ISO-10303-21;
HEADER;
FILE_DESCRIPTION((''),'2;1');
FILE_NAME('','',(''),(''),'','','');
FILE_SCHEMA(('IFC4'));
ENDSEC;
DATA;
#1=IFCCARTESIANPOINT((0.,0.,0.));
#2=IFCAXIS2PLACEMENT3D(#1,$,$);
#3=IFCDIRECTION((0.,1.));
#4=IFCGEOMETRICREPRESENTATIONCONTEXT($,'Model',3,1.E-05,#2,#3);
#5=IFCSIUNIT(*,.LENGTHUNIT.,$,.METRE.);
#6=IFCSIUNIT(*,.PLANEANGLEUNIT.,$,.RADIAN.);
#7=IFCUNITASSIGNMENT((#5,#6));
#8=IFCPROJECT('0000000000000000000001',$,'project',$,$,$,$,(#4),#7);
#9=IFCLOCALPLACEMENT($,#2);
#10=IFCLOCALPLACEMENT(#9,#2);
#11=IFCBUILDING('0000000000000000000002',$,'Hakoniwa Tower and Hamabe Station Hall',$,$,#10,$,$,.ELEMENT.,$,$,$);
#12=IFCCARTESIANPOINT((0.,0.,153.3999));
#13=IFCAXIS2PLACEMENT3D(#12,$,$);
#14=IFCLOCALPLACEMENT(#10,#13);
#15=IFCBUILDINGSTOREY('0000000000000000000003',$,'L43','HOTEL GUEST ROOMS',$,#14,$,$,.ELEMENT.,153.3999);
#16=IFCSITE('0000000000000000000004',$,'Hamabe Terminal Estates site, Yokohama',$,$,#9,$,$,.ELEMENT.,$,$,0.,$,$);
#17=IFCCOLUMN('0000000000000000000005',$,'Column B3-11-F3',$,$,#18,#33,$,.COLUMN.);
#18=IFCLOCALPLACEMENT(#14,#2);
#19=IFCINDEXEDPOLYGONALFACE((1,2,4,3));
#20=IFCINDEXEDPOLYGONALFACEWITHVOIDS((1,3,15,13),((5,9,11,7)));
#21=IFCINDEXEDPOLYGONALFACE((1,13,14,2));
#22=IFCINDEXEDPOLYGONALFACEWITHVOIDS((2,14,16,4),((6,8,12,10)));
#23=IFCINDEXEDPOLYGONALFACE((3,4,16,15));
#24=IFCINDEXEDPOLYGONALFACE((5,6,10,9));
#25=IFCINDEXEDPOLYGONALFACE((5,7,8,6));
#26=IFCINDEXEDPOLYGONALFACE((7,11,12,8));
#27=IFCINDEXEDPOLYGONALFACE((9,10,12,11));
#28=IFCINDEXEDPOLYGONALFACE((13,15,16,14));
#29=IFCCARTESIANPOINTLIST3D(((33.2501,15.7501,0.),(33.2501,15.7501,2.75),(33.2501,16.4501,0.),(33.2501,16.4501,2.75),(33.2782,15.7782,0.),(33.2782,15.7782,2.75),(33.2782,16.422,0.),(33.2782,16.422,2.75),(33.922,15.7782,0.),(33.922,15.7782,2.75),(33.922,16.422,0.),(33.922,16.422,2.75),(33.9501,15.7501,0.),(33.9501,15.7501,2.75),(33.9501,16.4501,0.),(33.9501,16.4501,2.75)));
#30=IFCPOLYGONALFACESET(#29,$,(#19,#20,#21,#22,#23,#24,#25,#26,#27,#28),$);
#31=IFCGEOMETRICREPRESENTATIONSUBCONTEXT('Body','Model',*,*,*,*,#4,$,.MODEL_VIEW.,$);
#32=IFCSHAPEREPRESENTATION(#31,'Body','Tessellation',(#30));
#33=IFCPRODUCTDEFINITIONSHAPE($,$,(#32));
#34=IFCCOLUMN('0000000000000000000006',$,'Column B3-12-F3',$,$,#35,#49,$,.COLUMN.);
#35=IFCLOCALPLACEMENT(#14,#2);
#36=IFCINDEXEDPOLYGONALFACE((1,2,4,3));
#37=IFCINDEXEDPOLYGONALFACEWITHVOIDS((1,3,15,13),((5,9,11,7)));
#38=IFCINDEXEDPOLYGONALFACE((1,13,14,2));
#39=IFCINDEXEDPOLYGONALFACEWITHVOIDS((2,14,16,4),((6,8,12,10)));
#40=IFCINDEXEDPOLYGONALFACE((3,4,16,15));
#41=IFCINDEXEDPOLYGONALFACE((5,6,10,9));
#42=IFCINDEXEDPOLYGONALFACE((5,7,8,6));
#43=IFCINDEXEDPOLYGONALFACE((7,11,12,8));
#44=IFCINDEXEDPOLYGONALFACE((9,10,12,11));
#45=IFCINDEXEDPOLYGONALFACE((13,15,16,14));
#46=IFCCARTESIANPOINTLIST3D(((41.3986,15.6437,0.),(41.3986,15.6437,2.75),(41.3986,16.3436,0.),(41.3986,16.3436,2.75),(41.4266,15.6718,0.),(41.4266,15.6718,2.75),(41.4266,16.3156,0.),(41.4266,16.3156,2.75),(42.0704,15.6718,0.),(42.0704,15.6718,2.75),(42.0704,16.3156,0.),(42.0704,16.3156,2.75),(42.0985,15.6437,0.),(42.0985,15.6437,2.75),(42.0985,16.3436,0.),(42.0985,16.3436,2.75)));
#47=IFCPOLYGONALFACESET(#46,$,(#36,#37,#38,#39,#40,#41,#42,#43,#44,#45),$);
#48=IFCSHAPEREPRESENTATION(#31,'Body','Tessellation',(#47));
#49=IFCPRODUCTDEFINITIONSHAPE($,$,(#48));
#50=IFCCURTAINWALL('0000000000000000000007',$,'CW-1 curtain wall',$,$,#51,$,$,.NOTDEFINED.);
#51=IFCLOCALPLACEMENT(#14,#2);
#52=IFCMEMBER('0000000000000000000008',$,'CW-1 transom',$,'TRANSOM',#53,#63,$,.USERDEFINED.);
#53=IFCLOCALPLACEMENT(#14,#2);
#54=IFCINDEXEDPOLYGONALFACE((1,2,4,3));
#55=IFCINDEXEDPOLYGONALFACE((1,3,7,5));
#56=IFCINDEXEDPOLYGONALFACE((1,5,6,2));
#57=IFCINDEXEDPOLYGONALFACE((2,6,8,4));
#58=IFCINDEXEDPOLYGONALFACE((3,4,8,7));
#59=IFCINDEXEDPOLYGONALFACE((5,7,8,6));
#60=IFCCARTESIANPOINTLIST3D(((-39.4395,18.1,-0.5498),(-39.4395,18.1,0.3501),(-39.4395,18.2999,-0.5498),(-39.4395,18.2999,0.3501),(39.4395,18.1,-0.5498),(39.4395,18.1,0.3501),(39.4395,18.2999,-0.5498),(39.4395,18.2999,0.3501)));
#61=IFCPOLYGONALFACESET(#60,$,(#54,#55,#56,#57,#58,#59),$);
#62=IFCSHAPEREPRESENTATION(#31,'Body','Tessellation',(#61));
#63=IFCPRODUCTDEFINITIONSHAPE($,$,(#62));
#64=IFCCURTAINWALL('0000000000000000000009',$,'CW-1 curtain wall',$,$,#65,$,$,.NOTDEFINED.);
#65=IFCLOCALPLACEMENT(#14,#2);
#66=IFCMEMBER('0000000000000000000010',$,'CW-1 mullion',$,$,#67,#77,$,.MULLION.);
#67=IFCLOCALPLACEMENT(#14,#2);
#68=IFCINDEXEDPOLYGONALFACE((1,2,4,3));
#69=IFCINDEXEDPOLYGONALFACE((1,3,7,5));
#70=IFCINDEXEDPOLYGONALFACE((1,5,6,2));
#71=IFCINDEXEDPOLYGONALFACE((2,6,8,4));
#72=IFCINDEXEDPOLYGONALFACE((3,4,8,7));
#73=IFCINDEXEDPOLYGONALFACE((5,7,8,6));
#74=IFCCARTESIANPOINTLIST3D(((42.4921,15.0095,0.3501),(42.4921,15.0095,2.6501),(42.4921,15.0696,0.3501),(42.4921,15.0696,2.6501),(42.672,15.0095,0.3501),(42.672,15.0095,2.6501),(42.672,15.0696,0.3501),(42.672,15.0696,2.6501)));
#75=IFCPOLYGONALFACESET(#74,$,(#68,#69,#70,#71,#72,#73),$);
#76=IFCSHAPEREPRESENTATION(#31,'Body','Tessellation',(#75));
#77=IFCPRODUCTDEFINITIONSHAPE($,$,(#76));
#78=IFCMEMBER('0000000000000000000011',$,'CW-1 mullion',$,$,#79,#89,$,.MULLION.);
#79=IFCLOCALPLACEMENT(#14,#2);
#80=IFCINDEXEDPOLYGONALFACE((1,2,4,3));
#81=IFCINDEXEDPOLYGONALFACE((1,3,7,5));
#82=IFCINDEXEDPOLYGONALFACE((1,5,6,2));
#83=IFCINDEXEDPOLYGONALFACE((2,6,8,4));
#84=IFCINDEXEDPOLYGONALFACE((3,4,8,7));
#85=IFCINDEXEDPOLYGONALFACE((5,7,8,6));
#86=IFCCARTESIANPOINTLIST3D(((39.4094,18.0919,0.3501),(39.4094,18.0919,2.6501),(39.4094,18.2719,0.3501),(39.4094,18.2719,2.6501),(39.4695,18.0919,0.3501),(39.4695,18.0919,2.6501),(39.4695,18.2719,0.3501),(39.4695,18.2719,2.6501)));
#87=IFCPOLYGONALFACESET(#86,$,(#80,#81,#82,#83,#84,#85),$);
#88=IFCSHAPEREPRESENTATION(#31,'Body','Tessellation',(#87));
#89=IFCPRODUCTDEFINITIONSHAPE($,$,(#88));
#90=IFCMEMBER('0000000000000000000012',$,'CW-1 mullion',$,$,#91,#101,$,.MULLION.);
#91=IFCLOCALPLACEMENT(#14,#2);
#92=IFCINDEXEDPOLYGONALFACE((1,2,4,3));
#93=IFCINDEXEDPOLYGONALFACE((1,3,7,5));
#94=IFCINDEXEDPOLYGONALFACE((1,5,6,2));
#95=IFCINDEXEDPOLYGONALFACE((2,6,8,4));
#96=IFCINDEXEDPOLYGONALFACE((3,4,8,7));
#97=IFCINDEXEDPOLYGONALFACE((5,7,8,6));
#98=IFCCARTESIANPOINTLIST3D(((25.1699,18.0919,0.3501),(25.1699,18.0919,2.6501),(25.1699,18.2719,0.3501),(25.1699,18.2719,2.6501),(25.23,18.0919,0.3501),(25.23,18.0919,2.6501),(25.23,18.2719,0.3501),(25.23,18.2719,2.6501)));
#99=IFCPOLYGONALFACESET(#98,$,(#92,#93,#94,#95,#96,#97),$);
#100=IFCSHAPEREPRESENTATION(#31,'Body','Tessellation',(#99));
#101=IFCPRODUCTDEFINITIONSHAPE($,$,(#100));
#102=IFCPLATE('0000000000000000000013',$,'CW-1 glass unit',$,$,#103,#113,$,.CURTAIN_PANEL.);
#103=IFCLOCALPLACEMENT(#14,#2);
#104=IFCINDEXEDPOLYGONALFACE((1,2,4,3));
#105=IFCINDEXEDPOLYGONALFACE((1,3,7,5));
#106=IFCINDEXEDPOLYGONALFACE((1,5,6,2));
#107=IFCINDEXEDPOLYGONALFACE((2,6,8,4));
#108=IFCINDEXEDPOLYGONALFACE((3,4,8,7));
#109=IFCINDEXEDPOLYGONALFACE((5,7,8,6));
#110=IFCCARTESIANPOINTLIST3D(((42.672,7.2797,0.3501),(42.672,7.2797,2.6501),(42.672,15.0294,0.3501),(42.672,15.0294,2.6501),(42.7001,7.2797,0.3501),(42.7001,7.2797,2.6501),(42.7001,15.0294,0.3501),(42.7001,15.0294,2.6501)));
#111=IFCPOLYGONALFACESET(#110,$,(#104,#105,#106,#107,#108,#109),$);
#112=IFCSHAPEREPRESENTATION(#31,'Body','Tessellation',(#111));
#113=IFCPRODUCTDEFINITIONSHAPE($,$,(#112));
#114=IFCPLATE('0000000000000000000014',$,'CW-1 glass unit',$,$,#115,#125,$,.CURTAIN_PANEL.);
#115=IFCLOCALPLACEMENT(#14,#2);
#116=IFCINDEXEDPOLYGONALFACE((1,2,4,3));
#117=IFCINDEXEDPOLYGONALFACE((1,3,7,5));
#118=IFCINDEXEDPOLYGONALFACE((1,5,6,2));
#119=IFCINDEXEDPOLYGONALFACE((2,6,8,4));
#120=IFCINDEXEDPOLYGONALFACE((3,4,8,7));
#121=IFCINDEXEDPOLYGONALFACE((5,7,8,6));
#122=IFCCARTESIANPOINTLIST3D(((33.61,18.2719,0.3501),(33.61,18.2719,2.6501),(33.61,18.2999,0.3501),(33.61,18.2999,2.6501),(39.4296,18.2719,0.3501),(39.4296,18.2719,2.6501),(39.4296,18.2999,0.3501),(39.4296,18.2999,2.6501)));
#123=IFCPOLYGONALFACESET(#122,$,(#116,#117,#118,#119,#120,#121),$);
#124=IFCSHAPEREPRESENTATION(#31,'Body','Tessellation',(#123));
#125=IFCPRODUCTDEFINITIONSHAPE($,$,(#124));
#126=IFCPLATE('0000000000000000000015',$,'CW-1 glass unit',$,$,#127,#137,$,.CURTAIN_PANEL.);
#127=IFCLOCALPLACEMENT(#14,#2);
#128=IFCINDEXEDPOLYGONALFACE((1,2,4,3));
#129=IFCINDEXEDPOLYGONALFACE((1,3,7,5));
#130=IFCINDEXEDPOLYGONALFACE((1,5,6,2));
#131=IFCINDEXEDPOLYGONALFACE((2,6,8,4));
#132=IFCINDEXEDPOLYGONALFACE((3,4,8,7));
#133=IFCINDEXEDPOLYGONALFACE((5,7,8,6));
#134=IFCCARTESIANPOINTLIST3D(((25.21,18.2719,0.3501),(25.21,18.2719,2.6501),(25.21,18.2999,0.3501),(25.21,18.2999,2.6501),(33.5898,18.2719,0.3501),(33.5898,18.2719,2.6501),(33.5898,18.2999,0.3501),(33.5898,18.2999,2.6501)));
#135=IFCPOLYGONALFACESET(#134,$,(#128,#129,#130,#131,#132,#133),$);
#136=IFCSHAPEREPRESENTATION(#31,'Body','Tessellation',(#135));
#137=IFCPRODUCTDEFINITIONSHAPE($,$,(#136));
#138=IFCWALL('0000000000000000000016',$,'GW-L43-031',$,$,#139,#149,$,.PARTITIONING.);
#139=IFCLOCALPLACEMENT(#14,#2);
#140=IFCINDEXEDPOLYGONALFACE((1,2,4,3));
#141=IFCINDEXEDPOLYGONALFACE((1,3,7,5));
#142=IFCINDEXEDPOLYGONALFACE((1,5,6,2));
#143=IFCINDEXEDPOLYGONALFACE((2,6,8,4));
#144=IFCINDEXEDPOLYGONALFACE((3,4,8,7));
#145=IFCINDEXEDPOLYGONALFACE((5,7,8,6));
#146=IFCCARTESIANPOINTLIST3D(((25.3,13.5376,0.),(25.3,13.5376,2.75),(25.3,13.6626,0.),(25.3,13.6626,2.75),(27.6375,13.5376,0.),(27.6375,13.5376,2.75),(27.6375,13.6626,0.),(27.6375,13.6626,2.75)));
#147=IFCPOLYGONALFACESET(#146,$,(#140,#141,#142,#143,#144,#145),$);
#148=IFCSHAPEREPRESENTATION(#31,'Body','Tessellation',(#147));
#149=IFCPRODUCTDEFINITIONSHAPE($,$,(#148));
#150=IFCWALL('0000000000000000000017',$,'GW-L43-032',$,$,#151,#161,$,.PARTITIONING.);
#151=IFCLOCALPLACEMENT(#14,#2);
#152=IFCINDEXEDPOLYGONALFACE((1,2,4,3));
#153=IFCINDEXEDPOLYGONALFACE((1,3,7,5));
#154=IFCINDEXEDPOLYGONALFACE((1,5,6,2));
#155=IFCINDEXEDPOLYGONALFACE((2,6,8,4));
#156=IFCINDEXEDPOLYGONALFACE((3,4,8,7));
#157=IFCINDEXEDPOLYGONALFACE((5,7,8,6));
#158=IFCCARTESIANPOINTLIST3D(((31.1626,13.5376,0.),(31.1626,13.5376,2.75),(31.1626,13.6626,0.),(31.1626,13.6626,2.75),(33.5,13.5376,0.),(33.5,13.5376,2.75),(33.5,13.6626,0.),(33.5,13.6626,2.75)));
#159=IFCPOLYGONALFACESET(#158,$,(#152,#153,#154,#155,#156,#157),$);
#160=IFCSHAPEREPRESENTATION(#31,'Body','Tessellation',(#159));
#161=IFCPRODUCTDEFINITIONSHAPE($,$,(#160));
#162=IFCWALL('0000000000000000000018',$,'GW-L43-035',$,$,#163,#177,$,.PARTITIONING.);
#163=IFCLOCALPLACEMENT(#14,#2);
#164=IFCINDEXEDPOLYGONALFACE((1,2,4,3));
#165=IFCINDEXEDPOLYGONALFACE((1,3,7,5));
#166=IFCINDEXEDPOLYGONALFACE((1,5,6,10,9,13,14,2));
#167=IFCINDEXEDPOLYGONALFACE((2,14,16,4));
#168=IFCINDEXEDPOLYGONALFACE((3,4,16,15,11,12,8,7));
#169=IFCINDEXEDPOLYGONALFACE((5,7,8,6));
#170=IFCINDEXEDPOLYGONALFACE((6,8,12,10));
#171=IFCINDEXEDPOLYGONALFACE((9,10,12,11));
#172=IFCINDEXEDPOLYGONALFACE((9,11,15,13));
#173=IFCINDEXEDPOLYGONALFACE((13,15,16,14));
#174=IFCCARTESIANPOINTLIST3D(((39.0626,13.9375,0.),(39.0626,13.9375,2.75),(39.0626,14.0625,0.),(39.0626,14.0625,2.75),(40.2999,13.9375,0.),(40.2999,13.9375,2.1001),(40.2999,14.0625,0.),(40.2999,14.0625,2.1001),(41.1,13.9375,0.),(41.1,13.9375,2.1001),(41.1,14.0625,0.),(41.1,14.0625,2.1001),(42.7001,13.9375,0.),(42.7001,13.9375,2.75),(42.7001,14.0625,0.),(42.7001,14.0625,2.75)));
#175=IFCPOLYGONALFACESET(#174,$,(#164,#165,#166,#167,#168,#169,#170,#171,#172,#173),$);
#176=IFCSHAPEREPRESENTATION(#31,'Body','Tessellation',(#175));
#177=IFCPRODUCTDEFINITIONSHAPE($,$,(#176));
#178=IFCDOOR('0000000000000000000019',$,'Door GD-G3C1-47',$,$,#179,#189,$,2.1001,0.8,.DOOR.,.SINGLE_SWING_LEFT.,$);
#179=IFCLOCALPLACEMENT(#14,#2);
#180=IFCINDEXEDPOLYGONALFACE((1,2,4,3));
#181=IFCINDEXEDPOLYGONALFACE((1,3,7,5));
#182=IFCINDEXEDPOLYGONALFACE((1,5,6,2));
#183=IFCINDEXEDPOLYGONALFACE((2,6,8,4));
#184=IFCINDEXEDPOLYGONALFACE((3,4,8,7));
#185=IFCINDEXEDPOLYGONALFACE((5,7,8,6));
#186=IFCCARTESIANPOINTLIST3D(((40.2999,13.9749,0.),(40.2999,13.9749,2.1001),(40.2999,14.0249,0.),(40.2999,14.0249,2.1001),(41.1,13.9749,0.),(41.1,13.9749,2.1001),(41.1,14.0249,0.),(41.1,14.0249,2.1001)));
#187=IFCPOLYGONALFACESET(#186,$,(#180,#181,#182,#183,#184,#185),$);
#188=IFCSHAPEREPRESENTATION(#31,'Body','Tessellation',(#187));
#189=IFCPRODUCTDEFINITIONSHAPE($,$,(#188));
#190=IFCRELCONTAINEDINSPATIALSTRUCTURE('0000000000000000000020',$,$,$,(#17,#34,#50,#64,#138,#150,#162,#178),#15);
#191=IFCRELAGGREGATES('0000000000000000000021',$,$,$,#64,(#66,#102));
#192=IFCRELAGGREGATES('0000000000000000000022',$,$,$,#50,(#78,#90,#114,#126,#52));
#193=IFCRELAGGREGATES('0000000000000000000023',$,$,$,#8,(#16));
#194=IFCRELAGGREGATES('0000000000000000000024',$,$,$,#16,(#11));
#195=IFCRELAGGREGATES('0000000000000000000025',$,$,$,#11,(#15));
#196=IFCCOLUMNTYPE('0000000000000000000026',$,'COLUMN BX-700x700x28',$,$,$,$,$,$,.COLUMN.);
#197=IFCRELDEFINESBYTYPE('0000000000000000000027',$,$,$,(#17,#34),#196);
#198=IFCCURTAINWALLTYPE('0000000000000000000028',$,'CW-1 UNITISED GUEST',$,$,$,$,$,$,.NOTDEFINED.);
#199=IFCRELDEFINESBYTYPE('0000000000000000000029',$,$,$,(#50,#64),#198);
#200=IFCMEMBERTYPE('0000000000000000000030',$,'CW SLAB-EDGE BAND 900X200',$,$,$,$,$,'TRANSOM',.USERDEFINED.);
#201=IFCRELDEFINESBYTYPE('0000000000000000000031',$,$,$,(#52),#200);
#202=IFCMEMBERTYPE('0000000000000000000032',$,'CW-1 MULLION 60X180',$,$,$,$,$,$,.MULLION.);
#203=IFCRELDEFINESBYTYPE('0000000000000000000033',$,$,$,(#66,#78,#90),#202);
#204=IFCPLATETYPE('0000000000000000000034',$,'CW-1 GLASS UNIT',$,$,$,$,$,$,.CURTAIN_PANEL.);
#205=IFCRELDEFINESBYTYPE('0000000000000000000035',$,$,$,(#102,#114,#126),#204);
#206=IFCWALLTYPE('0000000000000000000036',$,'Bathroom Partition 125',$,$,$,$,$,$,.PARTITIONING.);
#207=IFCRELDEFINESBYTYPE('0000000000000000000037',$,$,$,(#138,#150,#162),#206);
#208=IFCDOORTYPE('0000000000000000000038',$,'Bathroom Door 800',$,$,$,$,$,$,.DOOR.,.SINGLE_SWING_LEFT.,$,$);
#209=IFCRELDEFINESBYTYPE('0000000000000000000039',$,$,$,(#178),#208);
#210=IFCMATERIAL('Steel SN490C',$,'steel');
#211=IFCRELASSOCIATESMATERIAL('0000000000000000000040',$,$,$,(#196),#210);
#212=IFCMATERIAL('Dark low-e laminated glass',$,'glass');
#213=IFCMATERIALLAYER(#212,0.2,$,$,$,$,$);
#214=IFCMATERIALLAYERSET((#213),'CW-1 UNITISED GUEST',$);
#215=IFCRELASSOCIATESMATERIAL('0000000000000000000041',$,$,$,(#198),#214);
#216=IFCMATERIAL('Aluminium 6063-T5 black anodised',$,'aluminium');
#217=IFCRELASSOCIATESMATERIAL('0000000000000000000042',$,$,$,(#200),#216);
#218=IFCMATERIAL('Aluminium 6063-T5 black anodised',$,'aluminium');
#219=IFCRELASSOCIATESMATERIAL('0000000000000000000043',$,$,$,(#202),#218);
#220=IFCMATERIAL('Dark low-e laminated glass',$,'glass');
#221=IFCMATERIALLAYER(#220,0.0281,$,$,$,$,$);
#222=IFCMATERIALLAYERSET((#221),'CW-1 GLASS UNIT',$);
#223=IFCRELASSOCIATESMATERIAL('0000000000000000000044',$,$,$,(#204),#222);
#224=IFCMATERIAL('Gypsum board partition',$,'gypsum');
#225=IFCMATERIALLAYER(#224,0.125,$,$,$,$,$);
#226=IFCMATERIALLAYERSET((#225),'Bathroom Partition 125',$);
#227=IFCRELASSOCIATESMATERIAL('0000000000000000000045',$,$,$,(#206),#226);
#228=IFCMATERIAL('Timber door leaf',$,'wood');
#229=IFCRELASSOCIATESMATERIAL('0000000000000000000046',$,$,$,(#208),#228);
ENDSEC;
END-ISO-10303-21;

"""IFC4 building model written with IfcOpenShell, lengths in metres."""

from ifc_helpers import new_model, si_unit, direction, frame, frame_2d, origin, origin_2d, place, context, subcontext, project, spatial, rectangle, hollow_rectangle, extrude, material, layer, layer_set, material_profile, profile_set, type_object, element, fill, aggregate, save


model = new_model("IFC4")

# Units and contexts
model_context = context("Model", 3, precision=1e-05, world=origin(), true_north=direction((0.0, 1.0)))
body_context = subcontext(model_context, "Body", "Model", "MODEL_VIEW")
ifc_project = project(units=[si_unit("LENGTHUNIT", "METRE"), si_unit("PLANEANGLEUNIT", "RADIAN")], contexts=[model_context])

# Site, building, storey
site_placement = place(None, origin())
site = spatial("IfcSite", under=ifc_project, at=site_placement, Name="Hamabe Terminal Estates site, Yokohama", CompositionType="ELEMENT", RefElevation=0.0)
building_placement = place(site_placement, origin())
building = spatial("IfcBuilding", under=site, at=building_placement, Name="Hakoniwa Tower and Hamabe Station Hall", CompositionType="ELEMENT")
storey_placement = place(building_placement, frame((0.0, 0.0, 153.3999)))
storey = spatial("IfcBuildingStorey", under=building, at=storey_placement, Name="L43", Description="HOTEL GUEST ROOMS", CompositionType="ELEMENT", Elevation=153.3999)

# Columns
ifc_material_1 = material(Name="Steel SN490C", Category="steel")
ifc_material_profile_1 = material_profile(ifc_material_1, hollow_rectangle(XDim=0.7, YDim=0.7, WallThickness=0.0281, at=origin_2d()), Name="BX-700x700x28")
ifc_profile_set_1 = profile_set([ifc_material_profile_1], Name="Steel SN490C")
column_type = type_object("IfcColumnType", Name="COLUMN BX-700x700x28", PredefinedType="COLUMN", material=ifc_profile_set_1)
for number, where, z_axis, x_axis, name in (
    (1, (33.6001, 16.1001, 0.0), (0.0, 0.0, 1.0), (1.0, 0.0, 0.0), "Column B3-11-F3"),
    (2, (41.7485, 15.9937, 0.0), (0.0, 0.0, 1.0), (1.0, 0.0, 0.0), "Column B3-12-F3"),
):
    element("IfcColumn", number, at=place(storey_placement, frame(where, z_axis=z_axis, x_axis=x_axis)), inside=storey, type_object=column_type, Name=name, PredefinedType="COLUMN", context=body_context, shape_type="SweptSolid", body=[
        extrude(hollow_rectangle(XDim=0.7, YDim=0.7, WallThickness=0.0281, at=origin_2d()), origin(), (0.0, 0.0, 1.0), 2.75),
    ])

# Curtain walls, members
ifc_material_2 = material(Name="Dark low-e laminated glass", Category="glass")
ifc_layer_1 = layer(ifc_material_2, 0.2)
ifc_layer_set_1 = layer_set([ifc_layer_1], Name="CW-1 UNITISED GUEST")
curtain_wall_type = type_object("IfcCurtainWallType", Name="CW-1 UNITISED GUEST", PredefinedType="NOTDEFINED", material=ifc_layer_set_1)
curtain_wall_1_placement = place(storey_placement, origin())
curtain_wall_1 = element("IfcCurtainWall", 3, at=curtain_wall_1_placement, inside=storey, type_object=curtain_wall_type, Name="CW-1 curtain wall", PredefinedType="NOTDEFINED")
ifc_material_3 = material(Name="Aluminium 6063-T5 black anodised", Category="aluminium")
ifc_material_profile_2 = material_profile(ifc_material_3, rectangle(XDim=0.2, YDim=0.8999, at=origin_2d()), Name="CW SLAB-EDGE BAND 900X200")
ifc_profile_set_2 = profile_set([ifc_material_profile_2], Name="Aluminium 6063-T5 black anodised")
member_type_1 = type_object("IfcMemberType", Name="CW SLAB-EDGE BAND 900X200", ElementType="TRANSOM", PredefinedType="USERDEFINED", material=ifc_profile_set_2)
member_1_placement = place(storey_placement, frame((39.4395, 18.2, -0.0999), z_axis=(-1.0, 0.0, 0.0), x_axis=(0.0, -1.0, 0.0)))
member_1 = element("IfcMember", 4, at=member_1_placement, type_object=member_type_1, Name="CW-1 transom", ObjectType="TRANSOM", PredefinedType="USERDEFINED", context=body_context, shape_type="SweptSolid", body=[
    extrude(rectangle(XDim=0.2, YDim=0.8999, at=origin_2d()), origin(), (0.0, 0.0, 1.0), 78.8789),
])
curtain_wall_2_placement = place(storey_placement, origin())
curtain_wall_2 = element("IfcCurtainWall", 5, at=curtain_wall_2_placement, inside=storey, type_object=curtain_wall_type, Name="CW-1 curtain wall", PredefinedType="NOTDEFINED")
ifc_material_4 = material(Name="Aluminium 6063-T5 black anodised", Category="aluminium")
ifc_material_profile_3 = material_profile(ifc_material_4, rectangle(XDim=0.0601, YDim=0.1799, at=origin_2d()), Name="CW-1 MULLION 60X180")
ifc_profile_set_3 = profile_set([ifc_material_profile_3], Name="Aluminium 6063-T5 black anodised")
member_type_2 = type_object("IfcMemberType", Name="CW-1 MULLION 60X180", PredefinedType="MULLION", material=ifc_profile_set_3)
member_2_placement = place(storey_placement, frame((42.582, 15.0396, 0.3501), z_axis=(0.0, 0.0, 1.0), x_axis=(0.0, 1.0, 0.0)))
member_2 = element("IfcMember", 6, at=member_2_placement, type_object=member_type_2, Name="CW-1 mullion", PredefinedType="MULLION", context=body_context, shape_type="SweptSolid", body=[
    extrude(rectangle(XDim=0.0601, YDim=0.1799, at=origin_2d()), origin(), (0.0, 0.0, 1.0), 2.3),
])

# Members
member_3_placement = place(storey_placement, frame((39.4395, 18.1819, 0.3501), z_axis=(0.0, 0.0, 1.0), x_axis=(-1.0, 0.0, 0.0)))
member_3 = element("IfcMember", 7, at=member_3_placement, type_object=member_type_2, Name="CW-1 mullion", PredefinedType="MULLION", context=body_context, shape_type="SweptSolid", body=[
    extrude(rectangle(XDim=0.0601, YDim=0.1799, at=origin_2d()), origin(), (0.0, 0.0, 1.0), 2.3),
])
member_4_placement = place(storey_placement, frame((25.2, 18.1819, 0.3501), z_axis=(0.0, 0.0, 1.0), x_axis=(-1.0, 0.0, 0.0)))
member_4 = element("IfcMember", 8, at=member_4_placement, type_object=member_type_2, Name="CW-1 mullion", PredefinedType="MULLION", context=body_context, shape_type="SweptSolid", body=[
    extrude(rectangle(XDim=0.0601, YDim=0.1799, at=origin_2d()), origin(), (0.0, 0.0, 1.0), 2.3),
])

# Plates
ifc_material_5 = material(Name="Dark low-e laminated glass", Category="glass")
ifc_layer_2 = layer(ifc_material_5, 0.0281)
ifc_layer_set_2 = layer_set([ifc_layer_2], Name="CW-1 GLASS UNIT")
plate_type = type_object("IfcPlateType", Name="CW-1 GLASS UNIT", PredefinedType="CURTAIN_PANEL", material=ifc_layer_set_2)
plate_1_placement = place(storey_placement, frame((42.686, 11.1545, 0.3501), z_axis=(0.0, 0.0, 1.0), x_axis=(0.0, 1.0, 0.0)))
plate_1 = element("IfcPlate", 9, at=plate_1_placement, type_object=plate_type, Name="CW-1 glass unit", PredefinedType="CURTAIN_PANEL", context=body_context, shape_type="SweptSolid", body=[
    extrude(rectangle(XDim=7.7498, YDim=0.0281, at=origin_2d()), origin(), (0.0, 0.0, 1.0), 2.3),
])
aggregate(curtain_wall_2, [member_2, plate_1])
plate_2_placement = place(storey_placement, frame((36.5198, 18.2859, 0.3501), z_axis=(0.0, 0.0, 1.0), x_axis=(-1.0, 0.0, 0.0)))
plate_2 = element("IfcPlate", 10, at=plate_2_placement, type_object=plate_type, Name="CW-1 glass unit", PredefinedType="CURTAIN_PANEL", context=body_context, shape_type="SweptSolid", body=[
    extrude(rectangle(XDim=5.8196, YDim=0.0281, at=origin_2d()), origin(), (0.0, 0.0, 1.0), 2.3),
])
plate_3_placement = place(storey_placement, frame((29.3999, 18.2859, 0.3501), z_axis=(0.0, 0.0, 1.0), x_axis=(-1.0, 0.0, 0.0)))
plate_3 = element("IfcPlate", 11, at=plate_3_placement, type_object=plate_type, Name="CW-1 glass unit", PredefinedType="CURTAIN_PANEL", context=body_context, shape_type="SweptSolid", body=[
    extrude(rectangle(XDim=8.3799, YDim=0.0281, at=origin_2d()), origin(), (0.0, 0.0, 1.0), 2.3),
])
aggregate(curtain_wall_1, [member_3, member_4, plate_2, plate_3, member_1])

# Walls
ifc_material_6 = material(Name="Gypsum board partition", Category="gypsum")
ifc_layer_3 = layer(ifc_material_6, 0.125)
ifc_layer_set_3 = layer_set([ifc_layer_3], Name="Bathroom Partition 125")
wall_type_1 = type_object("IfcWallType", Name="Bathroom Partition 125", PredefinedType="PARTITIONING", material=ifc_layer_set_3)
for number, where, z_axis, x_axis, name in (
    (12, (25.3, 13.6001, 0.0), (0.0, 0.0, 1.0), (1.0, 0.0, 0.0), "GW-L43-031"),
    (13, (31.1626, 13.6001, 0.0), (0.0, 0.0, 1.0), (1.0, 0.0, 0.0), "GW-L43-032"),
):
    element("IfcWall", number, at=place(storey_placement, frame(where, z_axis=z_axis, x_axis=x_axis)), inside=storey, type_object=wall_type_1, Name=name, PredefinedType="PARTITIONING", context=body_context, shape_type="SweptSolid", body=[
        extrude(rectangle(XDim=2.3374, YDim=0.125, at=frame_2d((1.1687, 0.0))), origin(), (0.0, 0.0, 1.0), 2.75),
    ])

# Wall, opening, door
wall_1_placement = place(storey_placement, frame((39.0625, 14.0, 0.0), z_axis=(0.0, 0.0, 1.0), x_axis=(1.0, 0.0, 0.0)))
wall_1 = element("IfcWall", 14, at=wall_1_placement, inside=storey, type_object=wall_type_1, Name="GW-L43-035", PredefinedType="PARTITIONING", context=body_context, shape_type="SweptSolid", body=[
    extrude(rectangle(XDim=3.6375, YDim=0.125, at=frame_2d((1.8188, 0.0))), origin(), (0.0, 0.0, 1.0), 2.75),
])
opening_1_placement = place(wall_1_placement, frame((1.2375, 0.0, 0.0)))
opening_1 = element("IfcOpeningElement", 15, at=opening_1_placement, cuts=wall_1, PredefinedType="OPENING", context=body_context, shape_type="SweptSolid", body=[
    extrude(rectangle(XDim=0.8, YDim=2.1001, at=frame_2d((0.3999, 1.05))), frame((0.0, 0.0725, 0.0), z_axis=(0.0, -1.0, 0.0), x_axis=(1.0, 0.0, 0.0)), (0.0, 0.0, 1.0), 0.145),
])
ifc_material_7 = material(Name="Timber door leaf", Category="wood")
door_type = type_object("IfcDoorType", Name="Bathroom Door 800", OperationType="SINGLE_SWING_LEFT", PredefinedType="DOOR", material=ifc_material_7)
door_1_placement = place(opening_1_placement, origin())
door_1 = element("IfcDoor", 16, at=door_1_placement, inside=storey, type_object=door_type, Name="Door GD-G3C1-47", OperationType="SINGLE_SWING_LEFT", OverallHeight=2.1001, OverallWidth=0.8, PredefinedType="DOOR", context=body_context, shape_type="SweptSolid", body=[
    extrude(rectangle(XDim=0.8, YDim=2.1001, at=frame_2d((0.3999, 1.05))), frame((0.0, 0.0249, 0.0), z_axis=(0.0, -1.0, 0.0), x_axis=(1.0, 0.0, 0.0)), (0.0, 0.0, 1.0), 0.05),
])
fill(opening_1, door_1)

save(model, "model.ifc")
